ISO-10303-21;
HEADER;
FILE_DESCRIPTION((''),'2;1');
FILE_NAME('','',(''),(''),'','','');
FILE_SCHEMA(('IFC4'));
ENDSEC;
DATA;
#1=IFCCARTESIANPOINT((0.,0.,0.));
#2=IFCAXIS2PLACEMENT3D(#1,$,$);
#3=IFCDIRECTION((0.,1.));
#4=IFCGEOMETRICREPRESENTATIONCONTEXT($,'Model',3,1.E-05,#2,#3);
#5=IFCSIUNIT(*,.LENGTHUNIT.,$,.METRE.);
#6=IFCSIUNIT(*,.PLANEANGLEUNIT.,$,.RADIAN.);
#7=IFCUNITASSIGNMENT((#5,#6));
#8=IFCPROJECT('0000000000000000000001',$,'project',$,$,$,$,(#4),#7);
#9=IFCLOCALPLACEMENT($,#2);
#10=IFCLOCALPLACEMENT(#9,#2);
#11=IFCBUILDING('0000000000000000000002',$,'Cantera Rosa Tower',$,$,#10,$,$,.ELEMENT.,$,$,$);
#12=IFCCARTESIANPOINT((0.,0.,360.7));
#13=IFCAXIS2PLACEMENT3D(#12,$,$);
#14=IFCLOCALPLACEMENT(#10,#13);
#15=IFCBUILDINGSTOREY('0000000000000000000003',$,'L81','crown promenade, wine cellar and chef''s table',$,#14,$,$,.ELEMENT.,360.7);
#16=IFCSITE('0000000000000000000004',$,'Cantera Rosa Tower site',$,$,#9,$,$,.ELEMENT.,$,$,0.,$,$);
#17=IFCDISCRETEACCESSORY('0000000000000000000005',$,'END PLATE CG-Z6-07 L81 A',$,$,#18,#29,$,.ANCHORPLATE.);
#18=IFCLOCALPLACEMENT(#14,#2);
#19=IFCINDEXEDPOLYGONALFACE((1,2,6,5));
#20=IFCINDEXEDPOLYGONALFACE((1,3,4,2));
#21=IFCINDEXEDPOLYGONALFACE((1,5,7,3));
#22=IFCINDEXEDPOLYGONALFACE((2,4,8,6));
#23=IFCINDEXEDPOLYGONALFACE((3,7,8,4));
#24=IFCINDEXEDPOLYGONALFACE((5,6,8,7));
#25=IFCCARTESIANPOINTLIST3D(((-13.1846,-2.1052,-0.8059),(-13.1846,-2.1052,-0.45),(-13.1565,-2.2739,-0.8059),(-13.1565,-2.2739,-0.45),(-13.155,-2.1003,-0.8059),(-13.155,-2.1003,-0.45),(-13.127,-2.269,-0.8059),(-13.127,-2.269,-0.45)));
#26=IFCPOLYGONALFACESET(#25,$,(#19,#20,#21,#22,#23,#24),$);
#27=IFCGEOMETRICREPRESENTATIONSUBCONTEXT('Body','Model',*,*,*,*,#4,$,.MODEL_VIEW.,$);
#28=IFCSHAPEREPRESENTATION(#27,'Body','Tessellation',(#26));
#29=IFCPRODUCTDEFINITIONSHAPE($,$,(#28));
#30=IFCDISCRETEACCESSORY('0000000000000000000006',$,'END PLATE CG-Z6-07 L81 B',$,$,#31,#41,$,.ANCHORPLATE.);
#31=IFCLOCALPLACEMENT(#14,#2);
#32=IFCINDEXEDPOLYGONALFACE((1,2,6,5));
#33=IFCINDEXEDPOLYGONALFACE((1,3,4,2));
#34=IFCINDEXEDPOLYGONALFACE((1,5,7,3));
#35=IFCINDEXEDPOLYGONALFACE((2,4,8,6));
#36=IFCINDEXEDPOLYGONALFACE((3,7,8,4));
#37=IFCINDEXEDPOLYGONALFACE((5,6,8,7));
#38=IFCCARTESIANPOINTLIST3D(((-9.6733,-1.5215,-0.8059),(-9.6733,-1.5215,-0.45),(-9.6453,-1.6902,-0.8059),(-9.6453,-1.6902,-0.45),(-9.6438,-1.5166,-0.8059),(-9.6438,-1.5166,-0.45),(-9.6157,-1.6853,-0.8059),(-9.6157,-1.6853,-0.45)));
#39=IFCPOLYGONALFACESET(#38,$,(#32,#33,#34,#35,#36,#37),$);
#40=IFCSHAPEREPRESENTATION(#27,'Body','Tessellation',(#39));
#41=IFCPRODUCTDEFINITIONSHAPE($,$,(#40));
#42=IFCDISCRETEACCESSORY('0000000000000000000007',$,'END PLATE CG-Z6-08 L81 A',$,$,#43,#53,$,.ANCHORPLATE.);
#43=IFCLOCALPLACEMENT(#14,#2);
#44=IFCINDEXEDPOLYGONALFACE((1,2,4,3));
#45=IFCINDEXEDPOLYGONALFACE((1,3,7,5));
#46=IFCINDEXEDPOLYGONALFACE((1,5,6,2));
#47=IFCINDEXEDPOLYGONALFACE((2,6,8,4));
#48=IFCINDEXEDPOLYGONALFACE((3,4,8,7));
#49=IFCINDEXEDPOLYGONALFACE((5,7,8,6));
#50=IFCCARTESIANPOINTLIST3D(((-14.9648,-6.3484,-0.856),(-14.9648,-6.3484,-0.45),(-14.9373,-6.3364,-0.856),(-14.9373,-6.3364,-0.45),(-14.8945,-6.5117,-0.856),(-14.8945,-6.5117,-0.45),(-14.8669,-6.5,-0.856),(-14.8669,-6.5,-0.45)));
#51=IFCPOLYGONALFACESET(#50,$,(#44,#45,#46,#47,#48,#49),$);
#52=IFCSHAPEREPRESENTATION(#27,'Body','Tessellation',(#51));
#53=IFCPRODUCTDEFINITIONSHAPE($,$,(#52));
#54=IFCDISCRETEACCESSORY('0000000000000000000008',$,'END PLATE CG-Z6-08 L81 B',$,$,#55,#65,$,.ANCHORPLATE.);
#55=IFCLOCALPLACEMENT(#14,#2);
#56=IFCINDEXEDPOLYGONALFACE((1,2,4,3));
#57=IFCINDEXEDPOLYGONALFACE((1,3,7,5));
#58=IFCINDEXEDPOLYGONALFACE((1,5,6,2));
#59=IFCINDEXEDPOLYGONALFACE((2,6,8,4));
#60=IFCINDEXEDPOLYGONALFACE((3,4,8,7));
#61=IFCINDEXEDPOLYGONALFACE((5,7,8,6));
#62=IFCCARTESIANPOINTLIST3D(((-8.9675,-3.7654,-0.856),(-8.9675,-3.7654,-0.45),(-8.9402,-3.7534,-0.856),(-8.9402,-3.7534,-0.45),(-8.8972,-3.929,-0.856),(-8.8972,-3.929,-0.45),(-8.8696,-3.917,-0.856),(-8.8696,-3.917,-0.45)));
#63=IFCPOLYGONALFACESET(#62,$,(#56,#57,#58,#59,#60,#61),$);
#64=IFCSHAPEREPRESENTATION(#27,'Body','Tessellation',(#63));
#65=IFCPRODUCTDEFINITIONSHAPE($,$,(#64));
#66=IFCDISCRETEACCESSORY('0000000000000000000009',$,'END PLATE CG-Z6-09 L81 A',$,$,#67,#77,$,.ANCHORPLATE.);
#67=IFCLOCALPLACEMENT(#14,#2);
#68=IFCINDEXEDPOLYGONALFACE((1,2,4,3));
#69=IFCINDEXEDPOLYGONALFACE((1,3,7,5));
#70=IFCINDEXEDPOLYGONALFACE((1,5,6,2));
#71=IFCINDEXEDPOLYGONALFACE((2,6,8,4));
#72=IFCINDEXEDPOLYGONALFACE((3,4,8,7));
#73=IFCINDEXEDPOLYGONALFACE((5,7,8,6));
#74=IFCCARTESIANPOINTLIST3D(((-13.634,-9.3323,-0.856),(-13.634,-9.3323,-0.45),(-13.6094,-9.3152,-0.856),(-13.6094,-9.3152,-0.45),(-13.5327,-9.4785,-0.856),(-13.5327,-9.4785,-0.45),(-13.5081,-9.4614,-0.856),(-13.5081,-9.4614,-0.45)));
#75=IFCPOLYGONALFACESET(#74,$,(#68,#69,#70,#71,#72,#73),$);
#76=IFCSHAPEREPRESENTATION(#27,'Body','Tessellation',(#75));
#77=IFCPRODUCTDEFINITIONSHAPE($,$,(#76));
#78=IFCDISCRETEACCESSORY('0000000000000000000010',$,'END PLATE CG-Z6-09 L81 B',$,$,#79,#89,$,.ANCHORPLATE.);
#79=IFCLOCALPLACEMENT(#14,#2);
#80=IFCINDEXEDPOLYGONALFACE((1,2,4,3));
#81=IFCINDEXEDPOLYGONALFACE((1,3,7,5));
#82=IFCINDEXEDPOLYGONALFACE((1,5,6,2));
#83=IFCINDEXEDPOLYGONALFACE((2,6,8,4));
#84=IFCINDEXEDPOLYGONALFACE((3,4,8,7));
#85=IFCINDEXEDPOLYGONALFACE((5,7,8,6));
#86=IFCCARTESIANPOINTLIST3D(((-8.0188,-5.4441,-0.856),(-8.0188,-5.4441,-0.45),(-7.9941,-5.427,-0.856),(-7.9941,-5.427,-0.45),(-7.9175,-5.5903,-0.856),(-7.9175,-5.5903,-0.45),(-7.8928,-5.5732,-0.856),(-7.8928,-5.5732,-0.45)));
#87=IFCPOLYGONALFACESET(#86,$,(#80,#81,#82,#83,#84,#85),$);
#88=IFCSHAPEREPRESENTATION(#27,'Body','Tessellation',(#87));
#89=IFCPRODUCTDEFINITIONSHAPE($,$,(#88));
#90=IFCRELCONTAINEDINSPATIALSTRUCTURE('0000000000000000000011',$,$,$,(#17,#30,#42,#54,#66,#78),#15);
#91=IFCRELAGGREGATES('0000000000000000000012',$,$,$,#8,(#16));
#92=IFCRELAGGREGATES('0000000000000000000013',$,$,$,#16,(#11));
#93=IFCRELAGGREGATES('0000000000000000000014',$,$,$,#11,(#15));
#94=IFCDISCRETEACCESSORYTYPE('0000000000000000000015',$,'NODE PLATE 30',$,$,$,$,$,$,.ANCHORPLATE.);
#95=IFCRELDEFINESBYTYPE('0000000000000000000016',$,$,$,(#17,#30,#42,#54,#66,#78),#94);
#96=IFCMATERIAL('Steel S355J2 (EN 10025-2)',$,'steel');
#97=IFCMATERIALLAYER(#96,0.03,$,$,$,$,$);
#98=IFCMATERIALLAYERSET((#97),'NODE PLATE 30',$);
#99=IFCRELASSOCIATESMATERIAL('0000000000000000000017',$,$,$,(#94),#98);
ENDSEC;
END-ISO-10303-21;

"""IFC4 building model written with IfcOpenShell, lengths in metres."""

from ifc_helpers import new_model, si_unit, direction, frame, origin, place, context, subcontext, project, spatial, polyline, outline, extrude, material, layer, layer_set, type_object, element, save


model = new_model("IFC4")

# Units and contexts
model_context = context("Model", 3, precision=1e-05, world=origin(), true_north=direction((0.0, 1.0)))
body_context = subcontext(model_context, "Body", "Model", "MODEL_VIEW")
ifc_project = project(units=[si_unit("LENGTHUNIT", "METRE"), si_unit("PLANEANGLEUNIT", "RADIAN")], contexts=[model_context])

# Site, building, storey
site_placement = place(None, origin())
site = spatial("IfcSite", under=ifc_project, at=site_placement, Name="Cantera Rosa Tower site", CompositionType="ELEMENT", RefElevation=0.0)
building_placement = place(site_placement, origin())
building = spatial("IfcBuilding", under=site, at=building_placement, Name="Cantera Rosa Tower", CompositionType="ELEMENT")
storey_placement = place(building_placement, frame((0.0, 0.0, 360.7)))
storey = spatial("IfcBuildingStorey", under=building, at=storey_placement, Name="L81", Description="crown promenade, wine cellar and chef's table", CompositionType="ELEMENT", Elevation=360.7)

# Shared definitions
ifc_material_1 = material(Name="Steel S355J2 (EN 10025-2)", Category="steel")
ifc_layer_1 = layer(ifc_material_1, 0.03)
ifc_layer_set_1 = layer_set([ifc_layer_1], Name="NODE PLATE 30")
discrete_accessory_type = type_object("IfcDiscreteAccessoryType", Name="NODE PLATE 30", PredefinedType="ANCHORPLATE", material=ifc_layer_set_1)

# Discrete accessories
discrete_accessory_1_placement = place(storey_placement, frame((0.0, 0.0, -0.8059)))
element("IfcDiscreteAccessory", 1, at=discrete_accessory_1_placement, inside=storey, type_object=discrete_accessory_type, Name="END PLATE CG-Z6-07 L81 A", PredefinedType="ANCHORPLATE", context=body_context, shape_type="SweptSolid", body=[
    extrude(outline(polyline([(-13.127, -2.269), (-13.1565, -2.2739), (-13.1846, -2.1052), (-13.155, -2.1003), (-13.127, -2.269)])), origin(), (0.0, 0.0, 1.0), 0.356),
])
discrete_accessory_2_placement = place(storey_placement, frame((0.0, 0.0, -0.8059)))
element("IfcDiscreteAccessory", 2, at=discrete_accessory_2_placement, inside=storey, type_object=discrete_accessory_type, Name="END PLATE CG-Z6-07 L81 B", PredefinedType="ANCHORPLATE", context=body_context, shape_type="SweptSolid", body=[
    extrude(outline(polyline([(-9.6733, -1.5215), (-9.6438, -1.5166), (-9.6157, -1.6853), (-9.6453, -1.6902), (-9.6733, -1.5215)])), origin(), (0.0, 0.0, 1.0), 0.356),
])
discrete_accessory_3_placement = place(storey_placement, frame((0.0, 0.0, -0.856)))
element("IfcDiscreteAccessory", 3, at=discrete_accessory_3_placement, inside=storey, type_object=discrete_accessory_type, Name="END PLATE CG-Z6-08 L81 A", PredefinedType="ANCHORPLATE", context=body_context, shape_type="SweptSolid", body=[
    extrude(outline(polyline([(-14.8669, -6.5), (-14.8945, -6.5117), (-14.9648, -6.3484), (-14.9373, -6.3364), (-14.8669, -6.5)])), origin(), (0.0, 0.0, 1.0), 0.406),
])
discrete_accessory_4_placement = place(storey_placement, frame((0.0, 0.0, -0.856)))
element("IfcDiscreteAccessory", 4, at=discrete_accessory_4_placement, inside=storey, type_object=discrete_accessory_type, Name="END PLATE CG-Z6-08 L81 B", PredefinedType="ANCHORPLATE", context=body_context, shape_type="SweptSolid", body=[
    extrude(outline(polyline([(-8.9675, -3.7654), (-8.9402, -3.7534), (-8.8696, -3.917), (-8.8972, -3.929), (-8.9675, -3.7654)])), origin(), (0.0, 0.0, 1.0), 0.406),
])
discrete_accessory_5_placement = place(storey_placement, frame((0.0, 0.0, -0.856)))
element("IfcDiscreteAccessory", 5, at=discrete_accessory_5_placement, inside=storey, type_object=discrete_accessory_type, Name="END PLATE CG-Z6-09 L81 A", PredefinedType="ANCHORPLATE", context=body_context, shape_type="SweptSolid", body=[
    extrude(outline(polyline([(-13.5081, -9.4614), (-13.5327, -9.4785), (-13.634, -9.3323), (-13.6094, -9.3152), (-13.5081, -9.4614)])), origin(), (0.0, 0.0, 1.0), 0.406),
])
discrete_accessory_6_placement = place(storey_placement, frame((0.0, 0.0, -0.856)))
element("IfcDiscreteAccessory", 6, at=discrete_accessory_6_placement, inside=storey, type_object=discrete_accessory_type, Name="END PLATE CG-Z6-09 L81 B", PredefinedType="ANCHORPLATE", context=body_context, shape_type="SweptSolid", body=[
    extrude(outline(polyline([(-8.0188, -5.4441), (-7.9941, -5.427), (-7.8928, -5.5732), (-7.9175, -5.5903), (-8.0188, -5.4441)])), origin(), (0.0, 0.0, 1.0), 0.406),
])

save(model, "model.ifc")
